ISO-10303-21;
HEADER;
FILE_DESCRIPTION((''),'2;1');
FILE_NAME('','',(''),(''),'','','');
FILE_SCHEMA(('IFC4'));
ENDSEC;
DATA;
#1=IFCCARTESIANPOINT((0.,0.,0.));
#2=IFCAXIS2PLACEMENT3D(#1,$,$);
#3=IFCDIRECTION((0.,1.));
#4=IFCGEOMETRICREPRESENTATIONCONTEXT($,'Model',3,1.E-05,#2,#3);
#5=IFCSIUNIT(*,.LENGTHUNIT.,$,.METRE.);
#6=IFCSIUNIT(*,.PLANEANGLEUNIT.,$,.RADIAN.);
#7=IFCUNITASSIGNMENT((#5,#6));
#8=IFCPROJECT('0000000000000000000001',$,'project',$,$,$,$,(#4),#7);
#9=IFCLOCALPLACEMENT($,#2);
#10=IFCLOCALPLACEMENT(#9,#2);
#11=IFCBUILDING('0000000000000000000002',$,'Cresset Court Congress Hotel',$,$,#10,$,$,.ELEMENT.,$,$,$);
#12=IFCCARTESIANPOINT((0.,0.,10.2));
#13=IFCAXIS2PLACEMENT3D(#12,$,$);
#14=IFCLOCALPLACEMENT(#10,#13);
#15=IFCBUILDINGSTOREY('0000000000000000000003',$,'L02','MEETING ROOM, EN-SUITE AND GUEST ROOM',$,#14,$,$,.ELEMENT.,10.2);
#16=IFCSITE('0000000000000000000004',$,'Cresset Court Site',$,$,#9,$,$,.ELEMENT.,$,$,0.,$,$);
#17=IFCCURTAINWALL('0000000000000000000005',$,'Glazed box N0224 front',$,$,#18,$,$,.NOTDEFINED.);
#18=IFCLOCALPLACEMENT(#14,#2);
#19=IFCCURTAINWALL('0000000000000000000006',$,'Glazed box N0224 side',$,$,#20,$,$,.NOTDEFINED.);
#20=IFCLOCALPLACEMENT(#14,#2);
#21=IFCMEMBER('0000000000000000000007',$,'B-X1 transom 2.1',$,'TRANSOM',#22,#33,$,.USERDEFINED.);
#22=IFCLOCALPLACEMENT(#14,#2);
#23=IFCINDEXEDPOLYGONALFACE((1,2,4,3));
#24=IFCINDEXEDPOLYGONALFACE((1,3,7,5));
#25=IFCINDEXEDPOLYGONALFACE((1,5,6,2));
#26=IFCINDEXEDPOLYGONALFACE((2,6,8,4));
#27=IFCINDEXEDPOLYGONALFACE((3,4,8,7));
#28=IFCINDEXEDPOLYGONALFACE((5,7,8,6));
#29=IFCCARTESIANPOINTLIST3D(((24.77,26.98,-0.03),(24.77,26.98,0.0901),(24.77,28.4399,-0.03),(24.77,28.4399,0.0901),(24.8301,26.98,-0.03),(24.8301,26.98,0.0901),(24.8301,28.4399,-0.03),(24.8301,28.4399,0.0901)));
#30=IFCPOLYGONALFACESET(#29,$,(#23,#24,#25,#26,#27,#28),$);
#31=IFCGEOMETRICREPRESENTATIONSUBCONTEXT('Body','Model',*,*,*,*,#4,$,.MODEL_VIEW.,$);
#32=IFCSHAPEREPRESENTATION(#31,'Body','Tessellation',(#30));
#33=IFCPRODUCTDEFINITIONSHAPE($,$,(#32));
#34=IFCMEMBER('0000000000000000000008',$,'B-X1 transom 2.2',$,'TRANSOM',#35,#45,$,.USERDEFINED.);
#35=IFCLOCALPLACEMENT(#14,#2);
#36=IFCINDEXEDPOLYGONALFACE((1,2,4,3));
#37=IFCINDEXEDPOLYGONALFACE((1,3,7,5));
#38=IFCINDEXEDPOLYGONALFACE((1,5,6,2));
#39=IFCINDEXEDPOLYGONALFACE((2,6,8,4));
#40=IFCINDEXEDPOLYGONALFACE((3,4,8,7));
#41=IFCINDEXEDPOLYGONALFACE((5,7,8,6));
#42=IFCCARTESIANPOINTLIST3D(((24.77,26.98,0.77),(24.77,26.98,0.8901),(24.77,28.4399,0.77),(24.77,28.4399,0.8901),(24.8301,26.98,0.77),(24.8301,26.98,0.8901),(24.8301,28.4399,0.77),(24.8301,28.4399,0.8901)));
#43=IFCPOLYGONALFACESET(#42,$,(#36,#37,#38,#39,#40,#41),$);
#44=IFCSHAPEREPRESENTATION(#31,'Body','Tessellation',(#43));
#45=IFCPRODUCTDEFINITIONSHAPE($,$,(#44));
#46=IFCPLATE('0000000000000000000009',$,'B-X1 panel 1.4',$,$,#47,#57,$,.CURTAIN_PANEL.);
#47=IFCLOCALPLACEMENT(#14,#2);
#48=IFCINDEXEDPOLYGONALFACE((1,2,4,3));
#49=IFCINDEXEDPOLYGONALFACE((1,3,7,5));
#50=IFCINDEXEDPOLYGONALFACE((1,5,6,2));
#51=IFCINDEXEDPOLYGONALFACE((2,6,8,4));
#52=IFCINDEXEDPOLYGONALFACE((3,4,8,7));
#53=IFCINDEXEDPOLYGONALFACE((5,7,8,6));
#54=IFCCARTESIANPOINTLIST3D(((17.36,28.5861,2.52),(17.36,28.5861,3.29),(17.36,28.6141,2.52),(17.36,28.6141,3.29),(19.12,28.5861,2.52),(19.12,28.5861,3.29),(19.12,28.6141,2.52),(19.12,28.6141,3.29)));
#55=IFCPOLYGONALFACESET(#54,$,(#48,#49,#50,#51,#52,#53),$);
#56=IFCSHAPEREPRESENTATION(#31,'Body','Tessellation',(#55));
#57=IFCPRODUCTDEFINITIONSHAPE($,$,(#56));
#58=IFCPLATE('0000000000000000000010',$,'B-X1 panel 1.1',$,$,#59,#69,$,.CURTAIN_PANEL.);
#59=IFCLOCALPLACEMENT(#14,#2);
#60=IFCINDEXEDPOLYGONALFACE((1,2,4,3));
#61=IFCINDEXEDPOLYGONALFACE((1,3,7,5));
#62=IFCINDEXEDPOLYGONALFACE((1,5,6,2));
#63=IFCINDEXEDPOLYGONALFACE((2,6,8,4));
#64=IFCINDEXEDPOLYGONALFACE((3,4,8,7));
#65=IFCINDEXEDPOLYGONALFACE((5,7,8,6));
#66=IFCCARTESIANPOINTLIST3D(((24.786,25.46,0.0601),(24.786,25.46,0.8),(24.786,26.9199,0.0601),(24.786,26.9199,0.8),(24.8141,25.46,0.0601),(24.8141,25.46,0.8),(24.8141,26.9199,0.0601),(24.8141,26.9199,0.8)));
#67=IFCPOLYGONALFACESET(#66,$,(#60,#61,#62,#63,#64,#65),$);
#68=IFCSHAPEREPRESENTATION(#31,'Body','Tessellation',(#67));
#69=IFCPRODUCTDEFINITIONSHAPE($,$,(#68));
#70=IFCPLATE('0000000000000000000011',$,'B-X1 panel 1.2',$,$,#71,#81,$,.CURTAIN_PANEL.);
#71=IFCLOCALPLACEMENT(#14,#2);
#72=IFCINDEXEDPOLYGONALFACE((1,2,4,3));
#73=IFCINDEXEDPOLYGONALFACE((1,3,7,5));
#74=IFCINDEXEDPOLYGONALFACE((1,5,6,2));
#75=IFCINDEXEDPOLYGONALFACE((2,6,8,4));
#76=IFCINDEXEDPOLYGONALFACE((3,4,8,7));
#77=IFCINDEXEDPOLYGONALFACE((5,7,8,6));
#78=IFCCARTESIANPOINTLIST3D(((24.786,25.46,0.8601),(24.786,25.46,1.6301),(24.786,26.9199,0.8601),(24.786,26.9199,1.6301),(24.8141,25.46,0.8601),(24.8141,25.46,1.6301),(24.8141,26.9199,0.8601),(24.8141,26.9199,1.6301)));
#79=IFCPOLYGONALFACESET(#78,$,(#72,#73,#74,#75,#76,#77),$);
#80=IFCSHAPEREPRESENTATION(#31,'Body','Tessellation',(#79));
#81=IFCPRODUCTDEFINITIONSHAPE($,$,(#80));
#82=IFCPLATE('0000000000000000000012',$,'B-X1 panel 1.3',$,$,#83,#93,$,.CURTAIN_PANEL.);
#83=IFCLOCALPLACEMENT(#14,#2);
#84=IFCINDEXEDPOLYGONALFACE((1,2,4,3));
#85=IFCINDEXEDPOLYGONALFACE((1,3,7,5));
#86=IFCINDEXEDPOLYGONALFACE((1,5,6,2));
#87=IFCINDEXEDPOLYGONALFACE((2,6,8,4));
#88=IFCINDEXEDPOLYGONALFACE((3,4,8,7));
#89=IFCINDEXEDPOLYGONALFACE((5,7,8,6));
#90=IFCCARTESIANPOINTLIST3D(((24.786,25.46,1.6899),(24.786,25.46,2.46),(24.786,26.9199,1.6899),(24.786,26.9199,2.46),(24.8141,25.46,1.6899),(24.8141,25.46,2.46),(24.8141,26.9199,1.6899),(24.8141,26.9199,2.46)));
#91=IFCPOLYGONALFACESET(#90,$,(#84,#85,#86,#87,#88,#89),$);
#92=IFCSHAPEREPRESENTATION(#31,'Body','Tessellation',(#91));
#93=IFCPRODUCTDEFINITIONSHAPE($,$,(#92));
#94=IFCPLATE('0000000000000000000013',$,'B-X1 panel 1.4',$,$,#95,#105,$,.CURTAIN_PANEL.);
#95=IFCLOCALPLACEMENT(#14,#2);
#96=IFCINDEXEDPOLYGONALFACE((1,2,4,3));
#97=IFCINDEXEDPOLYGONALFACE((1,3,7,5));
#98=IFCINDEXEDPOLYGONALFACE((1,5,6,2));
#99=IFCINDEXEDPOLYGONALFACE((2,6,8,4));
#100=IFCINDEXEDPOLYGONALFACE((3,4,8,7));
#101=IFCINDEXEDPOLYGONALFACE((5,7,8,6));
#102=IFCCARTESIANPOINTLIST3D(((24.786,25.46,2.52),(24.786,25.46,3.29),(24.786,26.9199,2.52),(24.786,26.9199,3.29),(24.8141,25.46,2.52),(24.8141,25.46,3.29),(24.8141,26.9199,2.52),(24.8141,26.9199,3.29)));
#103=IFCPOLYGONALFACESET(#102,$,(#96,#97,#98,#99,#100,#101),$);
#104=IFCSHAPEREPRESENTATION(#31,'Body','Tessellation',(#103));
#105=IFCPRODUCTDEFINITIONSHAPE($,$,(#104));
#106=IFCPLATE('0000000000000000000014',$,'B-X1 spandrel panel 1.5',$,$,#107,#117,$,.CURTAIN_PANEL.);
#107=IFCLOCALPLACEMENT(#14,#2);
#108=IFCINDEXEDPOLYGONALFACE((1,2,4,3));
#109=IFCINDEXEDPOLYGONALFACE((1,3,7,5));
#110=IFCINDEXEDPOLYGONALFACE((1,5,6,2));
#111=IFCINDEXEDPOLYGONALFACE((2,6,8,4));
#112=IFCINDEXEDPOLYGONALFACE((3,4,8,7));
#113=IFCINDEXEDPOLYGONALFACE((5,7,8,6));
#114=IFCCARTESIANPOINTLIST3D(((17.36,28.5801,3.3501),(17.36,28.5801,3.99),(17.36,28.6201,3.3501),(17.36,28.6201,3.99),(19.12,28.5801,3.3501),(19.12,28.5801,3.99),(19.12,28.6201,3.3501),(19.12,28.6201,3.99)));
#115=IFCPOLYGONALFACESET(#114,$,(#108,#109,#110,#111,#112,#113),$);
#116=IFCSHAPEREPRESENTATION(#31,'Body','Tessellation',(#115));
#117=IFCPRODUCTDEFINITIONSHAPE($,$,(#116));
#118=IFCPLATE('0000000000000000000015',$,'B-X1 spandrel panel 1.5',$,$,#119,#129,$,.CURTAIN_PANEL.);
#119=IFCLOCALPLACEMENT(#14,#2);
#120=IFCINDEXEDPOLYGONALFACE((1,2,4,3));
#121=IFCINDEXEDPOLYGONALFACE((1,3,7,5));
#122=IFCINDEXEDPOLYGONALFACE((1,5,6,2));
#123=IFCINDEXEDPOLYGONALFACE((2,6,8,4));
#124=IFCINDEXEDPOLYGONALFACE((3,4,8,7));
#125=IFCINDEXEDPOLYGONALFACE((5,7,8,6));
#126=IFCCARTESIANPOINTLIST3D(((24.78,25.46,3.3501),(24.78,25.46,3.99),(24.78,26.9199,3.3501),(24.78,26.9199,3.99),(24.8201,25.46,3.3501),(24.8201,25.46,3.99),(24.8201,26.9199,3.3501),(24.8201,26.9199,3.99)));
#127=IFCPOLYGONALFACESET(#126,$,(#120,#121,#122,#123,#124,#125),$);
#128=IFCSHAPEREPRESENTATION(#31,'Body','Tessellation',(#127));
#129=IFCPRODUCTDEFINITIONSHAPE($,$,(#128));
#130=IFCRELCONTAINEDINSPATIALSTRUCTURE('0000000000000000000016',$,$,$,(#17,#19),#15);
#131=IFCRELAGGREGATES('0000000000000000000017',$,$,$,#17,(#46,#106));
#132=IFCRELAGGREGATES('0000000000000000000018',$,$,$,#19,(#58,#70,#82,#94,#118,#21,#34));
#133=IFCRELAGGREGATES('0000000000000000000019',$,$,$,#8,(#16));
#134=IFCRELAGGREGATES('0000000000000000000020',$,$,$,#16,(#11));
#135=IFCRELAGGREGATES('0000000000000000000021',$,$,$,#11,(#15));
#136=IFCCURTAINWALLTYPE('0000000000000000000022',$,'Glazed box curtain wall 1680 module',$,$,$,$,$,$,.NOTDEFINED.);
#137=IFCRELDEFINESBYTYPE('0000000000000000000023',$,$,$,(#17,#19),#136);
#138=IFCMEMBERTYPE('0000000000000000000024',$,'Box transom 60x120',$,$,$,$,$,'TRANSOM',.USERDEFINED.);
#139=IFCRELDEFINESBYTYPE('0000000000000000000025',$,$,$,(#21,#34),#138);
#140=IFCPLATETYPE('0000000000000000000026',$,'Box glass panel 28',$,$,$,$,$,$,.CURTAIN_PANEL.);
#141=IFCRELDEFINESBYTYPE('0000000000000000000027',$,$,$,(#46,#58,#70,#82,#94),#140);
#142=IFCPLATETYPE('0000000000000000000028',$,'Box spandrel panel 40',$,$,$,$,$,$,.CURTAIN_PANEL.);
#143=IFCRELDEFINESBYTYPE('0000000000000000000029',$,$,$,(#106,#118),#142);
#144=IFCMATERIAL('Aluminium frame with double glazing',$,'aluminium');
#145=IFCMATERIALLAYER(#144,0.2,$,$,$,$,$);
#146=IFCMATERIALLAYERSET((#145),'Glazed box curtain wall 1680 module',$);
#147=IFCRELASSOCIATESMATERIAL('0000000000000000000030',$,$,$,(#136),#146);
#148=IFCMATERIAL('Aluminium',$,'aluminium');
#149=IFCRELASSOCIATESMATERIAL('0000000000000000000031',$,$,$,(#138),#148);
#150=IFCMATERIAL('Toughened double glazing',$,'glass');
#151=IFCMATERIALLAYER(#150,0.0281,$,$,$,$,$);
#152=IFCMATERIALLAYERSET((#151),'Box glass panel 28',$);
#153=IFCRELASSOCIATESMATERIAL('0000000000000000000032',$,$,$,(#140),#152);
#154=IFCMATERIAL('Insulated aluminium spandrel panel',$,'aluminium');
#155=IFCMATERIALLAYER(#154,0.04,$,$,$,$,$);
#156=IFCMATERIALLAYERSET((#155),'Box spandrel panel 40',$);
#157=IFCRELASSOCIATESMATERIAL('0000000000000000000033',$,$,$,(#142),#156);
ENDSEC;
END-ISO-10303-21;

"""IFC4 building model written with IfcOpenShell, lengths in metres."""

from ifc_helpers import new_model, si_unit, direction, frame, origin, origin_2d, place, context, subcontext, project, spatial, rectangle, extrude, material, layer, layer_set, material_profile, profile_set, type_object, element, aggregate, save


model = new_model("IFC4")

# Units and contexts
model_context = context("Model", 3, precision=1e-05, world=origin(), true_north=direction((0.0, 1.0)))
body_context = subcontext(model_context, "Body", "Model", "MODEL_VIEW")
ifc_project = project(units=[si_unit("LENGTHUNIT", "METRE"), si_unit("PLANEANGLEUNIT", "RADIAN")], contexts=[model_context])

# Site, building, storey
site_placement = place(None, origin())
site = spatial("IfcSite", under=ifc_project, at=site_placement, Name="Cresset Court Site", CompositionType="ELEMENT", RefElevation=0.0)
building_placement = place(site_placement, origin())
building = spatial("IfcBuilding", under=site, at=building_placement, Name="Cresset Court Congress Hotel", CompositionType="ELEMENT")
storey_placement = place(building_placement, frame((0.0, 0.0, 10.2)))
storey = spatial("IfcBuildingStorey", under=building, at=storey_placement, Name="L02", Description="MEETING ROOM, EN-SUITE AND GUEST ROOM", CompositionType="ELEMENT", Elevation=10.2)

# Curtain wall
ifc_material_1 = material(Name="Aluminium frame with double glazing", Category="aluminium")
ifc_layer_1 = layer(ifc_material_1, 0.2)
ifc_layer_set_1 = layer_set([ifc_layer_1], Name="Glazed box curtain wall 1680 module")
curtain_wall_type = type_object("IfcCurtainWallType", Name="Glazed box curtain wall 1680 module", PredefinedType="NOTDEFINED", material=ifc_layer_set_1)
curtain_wall_1_placement = place(storey_placement, origin())
curtain_wall_1 = element("IfcCurtainWall", 1, at=curtain_wall_1_placement, inside=storey, type_object=curtain_wall_type, Name="Glazed box N0224 front", PredefinedType="NOTDEFINED")

# Curtain wall
curtain_wall_2_placement = place(storey_placement, origin())
curtain_wall_2 = element("IfcCurtainWall", 2, at=curtain_wall_2_placement, inside=storey, type_object=curtain_wall_type, Name="Glazed box N0224 side", PredefinedType="NOTDEFINED")

# Members
ifc_material_2 = material(Name="Aluminium", Category="aluminium")
ifc_material_profile_1 = material_profile(ifc_material_2, rectangle(XDim=0.0601, YDim=0.1201, at=origin_2d()), Name="Box transom 60x120")
ifc_profile_set_1 = profile_set([ifc_material_profile_1], Name="Aluminium")
member_type_1 = type_object("IfcMemberType", Name="Box transom 60x120", ElementType="TRANSOM", PredefinedType="USERDEFINED", material=ifc_profile_set_1)
member_1_placement = place(storey_placement, frame((24.8, 26.98, 0.03), z_axis=(0.0, 1.0, 0.0), x_axis=(-1.0, 0.0, 0.0)))
member_1 = element("IfcMember", 3, at=member_1_placement, type_object=member_type_1, Name="B-X1 transom 2.1", ObjectType="TRANSOM", PredefinedType="USERDEFINED", context=body_context, shape_type="SweptSolid", body=[
    extrude(rectangle(XDim=0.0601, YDim=0.1201, at=origin_2d()), origin(), (0.0, 0.0, 1.0), 1.46),
])
member_2_placement = place(storey_placement, frame((24.8, 26.98, 0.8301), z_axis=(0.0, 1.0, 0.0), x_axis=(-1.0, 0.0, 0.0)))
member_2 = element("IfcMember", 4, at=member_2_placement, type_object=member_type_1, Name="B-X1 transom 2.2", ObjectType="TRANSOM", PredefinedType="USERDEFINED", context=body_context, shape_type="SweptSolid", body=[
    extrude(rectangle(XDim=0.0601, YDim=0.1201, at=origin_2d()), origin(), (0.0, 0.0, 1.0), 1.46),
])

# Plates
ifc_material_3 = material(Name="Toughened double glazing", Category="glass")
ifc_layer_2 = layer(ifc_material_3, 0.0281)
ifc_layer_set_2 = layer_set([ifc_layer_2], Name="Box glass panel 28")
plate_type_1 = type_object("IfcPlateType", Name="Box glass panel 28", PredefinedType="CURTAIN_PANEL", material=ifc_layer_set_2)
plate_1_placement = place(storey_placement, frame((18.24, 28.6001, 2.52), z_axis=(0.0, 0.0, 1.0), x_axis=(1.0, 0.0, 0.0)))
plate_1 = element("IfcPlate", 5, at=plate_1_placement, type_object=plate_type_1, Name="B-X1 panel 1.4", PredefinedType="CURTAIN_PANEL", context=body_context, shape_type="SweptSolid", body=[
    extrude(rectangle(XDim=1.76, YDim=0.0281, at=origin_2d()), origin(), (0.0, 0.0, 1.0), 0.77),
])
plate_2_placement = place(storey_placement, frame((24.8, 26.1899, 0.0601), z_axis=(0.0, 0.0, 1.0), x_axis=(0.0, 1.0, 0.0)))
plate_2 = element("IfcPlate", 6, at=plate_2_placement, type_object=plate_type_1, Name="B-X1 panel 1.1", PredefinedType="CURTAIN_PANEL", context=body_context, shape_type="SweptSolid", body=[
    extrude(rectangle(XDim=1.46, YDim=0.0281, at=origin_2d()), origin(), (0.0, 0.0, 1.0), 0.74),
])
plate_3_placement = place(storey_placement, frame((24.8, 26.1899, 0.8601), z_axis=(0.0, 0.0, 1.0), x_axis=(0.0, 1.0, 0.0)))
plate_3 = element("IfcPlate", 7, at=plate_3_placement, type_object=plate_type_1, Name="B-X1 panel 1.2", PredefinedType="CURTAIN_PANEL", context=body_context, shape_type="SweptSolid", body=[
    extrude(rectangle(XDim=1.46, YDim=0.0281, at=origin_2d()), origin(), (0.0, 0.0, 1.0), 0.77),
])
plate_4_placement = place(storey_placement, frame((24.8, 26.1899, 1.6899), z_axis=(0.0, 0.0, 1.0), x_axis=(0.0, 1.0, 0.0)))
plate_4 = element("IfcPlate", 8, at=plate_4_placement, type_object=plate_type_1, Name="B-X1 panel 1.3", PredefinedType="CURTAIN_PANEL", context=body_context, shape_type="SweptSolid", body=[
    extrude(rectangle(XDim=1.46, YDim=0.0281, at=origin_2d()), origin(), (0.0, 0.0, 1.0), 0.77),
])
plate_5_placement = place(storey_placement, frame((24.8, 26.1899, 2.52), z_axis=(0.0, 0.0, 1.0), x_axis=(0.0, 1.0, 0.0)))
plate_5 = element("IfcPlate", 9, at=plate_5_placement, type_object=plate_type_1, Name="B-X1 panel 1.4", PredefinedType="CURTAIN_PANEL", context=body_context, shape_type="SweptSolid", body=[
    extrude(rectangle(XDim=1.46, YDim=0.0281, at=origin_2d()), origin(), (0.0, 0.0, 1.0), 0.77),
])
ifc_material_4 = material(Name="Insulated aluminium spandrel panel", Category="aluminium")
ifc_layer_3 = layer(ifc_material_4, 0.04)
ifc_layer_set_3 = layer_set([ifc_layer_3], Name="Box spandrel panel 40")
plate_type_2 = type_object("IfcPlateType", Name="Box spandrel panel 40", PredefinedType="CURTAIN_PANEL", material=ifc_layer_set_3)
plate_6_placement = place(storey_placement, frame((18.24, 28.6001, 3.3501), z_axis=(0.0, 0.0, 1.0), x_axis=(1.0, 0.0, 0.0)))
plate_6 = element("IfcPlate", 10, at=plate_6_placement, type_object=plate_type_2, Name="B-X1 spandrel panel 1.5", PredefinedType="CURTAIN_PANEL", context=body_context, shape_type="SweptSolid", body=[
    extrude(rectangle(XDim=1.76, YDim=0.04, at=origin_2d()), origin(), (0.0, 0.0, 1.0), 0.6399),
])
aggregate(curtain_wall_1, [plate_1, plate_6])
plate_7_placement = place(storey_placement, frame((24.8, 26.1899, 3.3501), z_axis=(0.0, 0.0, 1.0), x_axis=(0.0, 1.0, 0.0)))
plate_7 = element("IfcPlate", 11, at=plate_7_placement, type_object=plate_type_2, Name="B-X1 spandrel panel 1.5", PredefinedType="CURTAIN_PANEL", context=body_context, shape_type="SweptSolid", body=[
    extrude(rectangle(XDim=1.46, YDim=0.04, at=origin_2d()), origin(), (0.0, 0.0, 1.0), 0.6399),
])
aggregate(curtain_wall_2, [plate_2, plate_3, plate_4, plate_5, plate_7, member_1, member_2])

save(model, "model.ifc")
